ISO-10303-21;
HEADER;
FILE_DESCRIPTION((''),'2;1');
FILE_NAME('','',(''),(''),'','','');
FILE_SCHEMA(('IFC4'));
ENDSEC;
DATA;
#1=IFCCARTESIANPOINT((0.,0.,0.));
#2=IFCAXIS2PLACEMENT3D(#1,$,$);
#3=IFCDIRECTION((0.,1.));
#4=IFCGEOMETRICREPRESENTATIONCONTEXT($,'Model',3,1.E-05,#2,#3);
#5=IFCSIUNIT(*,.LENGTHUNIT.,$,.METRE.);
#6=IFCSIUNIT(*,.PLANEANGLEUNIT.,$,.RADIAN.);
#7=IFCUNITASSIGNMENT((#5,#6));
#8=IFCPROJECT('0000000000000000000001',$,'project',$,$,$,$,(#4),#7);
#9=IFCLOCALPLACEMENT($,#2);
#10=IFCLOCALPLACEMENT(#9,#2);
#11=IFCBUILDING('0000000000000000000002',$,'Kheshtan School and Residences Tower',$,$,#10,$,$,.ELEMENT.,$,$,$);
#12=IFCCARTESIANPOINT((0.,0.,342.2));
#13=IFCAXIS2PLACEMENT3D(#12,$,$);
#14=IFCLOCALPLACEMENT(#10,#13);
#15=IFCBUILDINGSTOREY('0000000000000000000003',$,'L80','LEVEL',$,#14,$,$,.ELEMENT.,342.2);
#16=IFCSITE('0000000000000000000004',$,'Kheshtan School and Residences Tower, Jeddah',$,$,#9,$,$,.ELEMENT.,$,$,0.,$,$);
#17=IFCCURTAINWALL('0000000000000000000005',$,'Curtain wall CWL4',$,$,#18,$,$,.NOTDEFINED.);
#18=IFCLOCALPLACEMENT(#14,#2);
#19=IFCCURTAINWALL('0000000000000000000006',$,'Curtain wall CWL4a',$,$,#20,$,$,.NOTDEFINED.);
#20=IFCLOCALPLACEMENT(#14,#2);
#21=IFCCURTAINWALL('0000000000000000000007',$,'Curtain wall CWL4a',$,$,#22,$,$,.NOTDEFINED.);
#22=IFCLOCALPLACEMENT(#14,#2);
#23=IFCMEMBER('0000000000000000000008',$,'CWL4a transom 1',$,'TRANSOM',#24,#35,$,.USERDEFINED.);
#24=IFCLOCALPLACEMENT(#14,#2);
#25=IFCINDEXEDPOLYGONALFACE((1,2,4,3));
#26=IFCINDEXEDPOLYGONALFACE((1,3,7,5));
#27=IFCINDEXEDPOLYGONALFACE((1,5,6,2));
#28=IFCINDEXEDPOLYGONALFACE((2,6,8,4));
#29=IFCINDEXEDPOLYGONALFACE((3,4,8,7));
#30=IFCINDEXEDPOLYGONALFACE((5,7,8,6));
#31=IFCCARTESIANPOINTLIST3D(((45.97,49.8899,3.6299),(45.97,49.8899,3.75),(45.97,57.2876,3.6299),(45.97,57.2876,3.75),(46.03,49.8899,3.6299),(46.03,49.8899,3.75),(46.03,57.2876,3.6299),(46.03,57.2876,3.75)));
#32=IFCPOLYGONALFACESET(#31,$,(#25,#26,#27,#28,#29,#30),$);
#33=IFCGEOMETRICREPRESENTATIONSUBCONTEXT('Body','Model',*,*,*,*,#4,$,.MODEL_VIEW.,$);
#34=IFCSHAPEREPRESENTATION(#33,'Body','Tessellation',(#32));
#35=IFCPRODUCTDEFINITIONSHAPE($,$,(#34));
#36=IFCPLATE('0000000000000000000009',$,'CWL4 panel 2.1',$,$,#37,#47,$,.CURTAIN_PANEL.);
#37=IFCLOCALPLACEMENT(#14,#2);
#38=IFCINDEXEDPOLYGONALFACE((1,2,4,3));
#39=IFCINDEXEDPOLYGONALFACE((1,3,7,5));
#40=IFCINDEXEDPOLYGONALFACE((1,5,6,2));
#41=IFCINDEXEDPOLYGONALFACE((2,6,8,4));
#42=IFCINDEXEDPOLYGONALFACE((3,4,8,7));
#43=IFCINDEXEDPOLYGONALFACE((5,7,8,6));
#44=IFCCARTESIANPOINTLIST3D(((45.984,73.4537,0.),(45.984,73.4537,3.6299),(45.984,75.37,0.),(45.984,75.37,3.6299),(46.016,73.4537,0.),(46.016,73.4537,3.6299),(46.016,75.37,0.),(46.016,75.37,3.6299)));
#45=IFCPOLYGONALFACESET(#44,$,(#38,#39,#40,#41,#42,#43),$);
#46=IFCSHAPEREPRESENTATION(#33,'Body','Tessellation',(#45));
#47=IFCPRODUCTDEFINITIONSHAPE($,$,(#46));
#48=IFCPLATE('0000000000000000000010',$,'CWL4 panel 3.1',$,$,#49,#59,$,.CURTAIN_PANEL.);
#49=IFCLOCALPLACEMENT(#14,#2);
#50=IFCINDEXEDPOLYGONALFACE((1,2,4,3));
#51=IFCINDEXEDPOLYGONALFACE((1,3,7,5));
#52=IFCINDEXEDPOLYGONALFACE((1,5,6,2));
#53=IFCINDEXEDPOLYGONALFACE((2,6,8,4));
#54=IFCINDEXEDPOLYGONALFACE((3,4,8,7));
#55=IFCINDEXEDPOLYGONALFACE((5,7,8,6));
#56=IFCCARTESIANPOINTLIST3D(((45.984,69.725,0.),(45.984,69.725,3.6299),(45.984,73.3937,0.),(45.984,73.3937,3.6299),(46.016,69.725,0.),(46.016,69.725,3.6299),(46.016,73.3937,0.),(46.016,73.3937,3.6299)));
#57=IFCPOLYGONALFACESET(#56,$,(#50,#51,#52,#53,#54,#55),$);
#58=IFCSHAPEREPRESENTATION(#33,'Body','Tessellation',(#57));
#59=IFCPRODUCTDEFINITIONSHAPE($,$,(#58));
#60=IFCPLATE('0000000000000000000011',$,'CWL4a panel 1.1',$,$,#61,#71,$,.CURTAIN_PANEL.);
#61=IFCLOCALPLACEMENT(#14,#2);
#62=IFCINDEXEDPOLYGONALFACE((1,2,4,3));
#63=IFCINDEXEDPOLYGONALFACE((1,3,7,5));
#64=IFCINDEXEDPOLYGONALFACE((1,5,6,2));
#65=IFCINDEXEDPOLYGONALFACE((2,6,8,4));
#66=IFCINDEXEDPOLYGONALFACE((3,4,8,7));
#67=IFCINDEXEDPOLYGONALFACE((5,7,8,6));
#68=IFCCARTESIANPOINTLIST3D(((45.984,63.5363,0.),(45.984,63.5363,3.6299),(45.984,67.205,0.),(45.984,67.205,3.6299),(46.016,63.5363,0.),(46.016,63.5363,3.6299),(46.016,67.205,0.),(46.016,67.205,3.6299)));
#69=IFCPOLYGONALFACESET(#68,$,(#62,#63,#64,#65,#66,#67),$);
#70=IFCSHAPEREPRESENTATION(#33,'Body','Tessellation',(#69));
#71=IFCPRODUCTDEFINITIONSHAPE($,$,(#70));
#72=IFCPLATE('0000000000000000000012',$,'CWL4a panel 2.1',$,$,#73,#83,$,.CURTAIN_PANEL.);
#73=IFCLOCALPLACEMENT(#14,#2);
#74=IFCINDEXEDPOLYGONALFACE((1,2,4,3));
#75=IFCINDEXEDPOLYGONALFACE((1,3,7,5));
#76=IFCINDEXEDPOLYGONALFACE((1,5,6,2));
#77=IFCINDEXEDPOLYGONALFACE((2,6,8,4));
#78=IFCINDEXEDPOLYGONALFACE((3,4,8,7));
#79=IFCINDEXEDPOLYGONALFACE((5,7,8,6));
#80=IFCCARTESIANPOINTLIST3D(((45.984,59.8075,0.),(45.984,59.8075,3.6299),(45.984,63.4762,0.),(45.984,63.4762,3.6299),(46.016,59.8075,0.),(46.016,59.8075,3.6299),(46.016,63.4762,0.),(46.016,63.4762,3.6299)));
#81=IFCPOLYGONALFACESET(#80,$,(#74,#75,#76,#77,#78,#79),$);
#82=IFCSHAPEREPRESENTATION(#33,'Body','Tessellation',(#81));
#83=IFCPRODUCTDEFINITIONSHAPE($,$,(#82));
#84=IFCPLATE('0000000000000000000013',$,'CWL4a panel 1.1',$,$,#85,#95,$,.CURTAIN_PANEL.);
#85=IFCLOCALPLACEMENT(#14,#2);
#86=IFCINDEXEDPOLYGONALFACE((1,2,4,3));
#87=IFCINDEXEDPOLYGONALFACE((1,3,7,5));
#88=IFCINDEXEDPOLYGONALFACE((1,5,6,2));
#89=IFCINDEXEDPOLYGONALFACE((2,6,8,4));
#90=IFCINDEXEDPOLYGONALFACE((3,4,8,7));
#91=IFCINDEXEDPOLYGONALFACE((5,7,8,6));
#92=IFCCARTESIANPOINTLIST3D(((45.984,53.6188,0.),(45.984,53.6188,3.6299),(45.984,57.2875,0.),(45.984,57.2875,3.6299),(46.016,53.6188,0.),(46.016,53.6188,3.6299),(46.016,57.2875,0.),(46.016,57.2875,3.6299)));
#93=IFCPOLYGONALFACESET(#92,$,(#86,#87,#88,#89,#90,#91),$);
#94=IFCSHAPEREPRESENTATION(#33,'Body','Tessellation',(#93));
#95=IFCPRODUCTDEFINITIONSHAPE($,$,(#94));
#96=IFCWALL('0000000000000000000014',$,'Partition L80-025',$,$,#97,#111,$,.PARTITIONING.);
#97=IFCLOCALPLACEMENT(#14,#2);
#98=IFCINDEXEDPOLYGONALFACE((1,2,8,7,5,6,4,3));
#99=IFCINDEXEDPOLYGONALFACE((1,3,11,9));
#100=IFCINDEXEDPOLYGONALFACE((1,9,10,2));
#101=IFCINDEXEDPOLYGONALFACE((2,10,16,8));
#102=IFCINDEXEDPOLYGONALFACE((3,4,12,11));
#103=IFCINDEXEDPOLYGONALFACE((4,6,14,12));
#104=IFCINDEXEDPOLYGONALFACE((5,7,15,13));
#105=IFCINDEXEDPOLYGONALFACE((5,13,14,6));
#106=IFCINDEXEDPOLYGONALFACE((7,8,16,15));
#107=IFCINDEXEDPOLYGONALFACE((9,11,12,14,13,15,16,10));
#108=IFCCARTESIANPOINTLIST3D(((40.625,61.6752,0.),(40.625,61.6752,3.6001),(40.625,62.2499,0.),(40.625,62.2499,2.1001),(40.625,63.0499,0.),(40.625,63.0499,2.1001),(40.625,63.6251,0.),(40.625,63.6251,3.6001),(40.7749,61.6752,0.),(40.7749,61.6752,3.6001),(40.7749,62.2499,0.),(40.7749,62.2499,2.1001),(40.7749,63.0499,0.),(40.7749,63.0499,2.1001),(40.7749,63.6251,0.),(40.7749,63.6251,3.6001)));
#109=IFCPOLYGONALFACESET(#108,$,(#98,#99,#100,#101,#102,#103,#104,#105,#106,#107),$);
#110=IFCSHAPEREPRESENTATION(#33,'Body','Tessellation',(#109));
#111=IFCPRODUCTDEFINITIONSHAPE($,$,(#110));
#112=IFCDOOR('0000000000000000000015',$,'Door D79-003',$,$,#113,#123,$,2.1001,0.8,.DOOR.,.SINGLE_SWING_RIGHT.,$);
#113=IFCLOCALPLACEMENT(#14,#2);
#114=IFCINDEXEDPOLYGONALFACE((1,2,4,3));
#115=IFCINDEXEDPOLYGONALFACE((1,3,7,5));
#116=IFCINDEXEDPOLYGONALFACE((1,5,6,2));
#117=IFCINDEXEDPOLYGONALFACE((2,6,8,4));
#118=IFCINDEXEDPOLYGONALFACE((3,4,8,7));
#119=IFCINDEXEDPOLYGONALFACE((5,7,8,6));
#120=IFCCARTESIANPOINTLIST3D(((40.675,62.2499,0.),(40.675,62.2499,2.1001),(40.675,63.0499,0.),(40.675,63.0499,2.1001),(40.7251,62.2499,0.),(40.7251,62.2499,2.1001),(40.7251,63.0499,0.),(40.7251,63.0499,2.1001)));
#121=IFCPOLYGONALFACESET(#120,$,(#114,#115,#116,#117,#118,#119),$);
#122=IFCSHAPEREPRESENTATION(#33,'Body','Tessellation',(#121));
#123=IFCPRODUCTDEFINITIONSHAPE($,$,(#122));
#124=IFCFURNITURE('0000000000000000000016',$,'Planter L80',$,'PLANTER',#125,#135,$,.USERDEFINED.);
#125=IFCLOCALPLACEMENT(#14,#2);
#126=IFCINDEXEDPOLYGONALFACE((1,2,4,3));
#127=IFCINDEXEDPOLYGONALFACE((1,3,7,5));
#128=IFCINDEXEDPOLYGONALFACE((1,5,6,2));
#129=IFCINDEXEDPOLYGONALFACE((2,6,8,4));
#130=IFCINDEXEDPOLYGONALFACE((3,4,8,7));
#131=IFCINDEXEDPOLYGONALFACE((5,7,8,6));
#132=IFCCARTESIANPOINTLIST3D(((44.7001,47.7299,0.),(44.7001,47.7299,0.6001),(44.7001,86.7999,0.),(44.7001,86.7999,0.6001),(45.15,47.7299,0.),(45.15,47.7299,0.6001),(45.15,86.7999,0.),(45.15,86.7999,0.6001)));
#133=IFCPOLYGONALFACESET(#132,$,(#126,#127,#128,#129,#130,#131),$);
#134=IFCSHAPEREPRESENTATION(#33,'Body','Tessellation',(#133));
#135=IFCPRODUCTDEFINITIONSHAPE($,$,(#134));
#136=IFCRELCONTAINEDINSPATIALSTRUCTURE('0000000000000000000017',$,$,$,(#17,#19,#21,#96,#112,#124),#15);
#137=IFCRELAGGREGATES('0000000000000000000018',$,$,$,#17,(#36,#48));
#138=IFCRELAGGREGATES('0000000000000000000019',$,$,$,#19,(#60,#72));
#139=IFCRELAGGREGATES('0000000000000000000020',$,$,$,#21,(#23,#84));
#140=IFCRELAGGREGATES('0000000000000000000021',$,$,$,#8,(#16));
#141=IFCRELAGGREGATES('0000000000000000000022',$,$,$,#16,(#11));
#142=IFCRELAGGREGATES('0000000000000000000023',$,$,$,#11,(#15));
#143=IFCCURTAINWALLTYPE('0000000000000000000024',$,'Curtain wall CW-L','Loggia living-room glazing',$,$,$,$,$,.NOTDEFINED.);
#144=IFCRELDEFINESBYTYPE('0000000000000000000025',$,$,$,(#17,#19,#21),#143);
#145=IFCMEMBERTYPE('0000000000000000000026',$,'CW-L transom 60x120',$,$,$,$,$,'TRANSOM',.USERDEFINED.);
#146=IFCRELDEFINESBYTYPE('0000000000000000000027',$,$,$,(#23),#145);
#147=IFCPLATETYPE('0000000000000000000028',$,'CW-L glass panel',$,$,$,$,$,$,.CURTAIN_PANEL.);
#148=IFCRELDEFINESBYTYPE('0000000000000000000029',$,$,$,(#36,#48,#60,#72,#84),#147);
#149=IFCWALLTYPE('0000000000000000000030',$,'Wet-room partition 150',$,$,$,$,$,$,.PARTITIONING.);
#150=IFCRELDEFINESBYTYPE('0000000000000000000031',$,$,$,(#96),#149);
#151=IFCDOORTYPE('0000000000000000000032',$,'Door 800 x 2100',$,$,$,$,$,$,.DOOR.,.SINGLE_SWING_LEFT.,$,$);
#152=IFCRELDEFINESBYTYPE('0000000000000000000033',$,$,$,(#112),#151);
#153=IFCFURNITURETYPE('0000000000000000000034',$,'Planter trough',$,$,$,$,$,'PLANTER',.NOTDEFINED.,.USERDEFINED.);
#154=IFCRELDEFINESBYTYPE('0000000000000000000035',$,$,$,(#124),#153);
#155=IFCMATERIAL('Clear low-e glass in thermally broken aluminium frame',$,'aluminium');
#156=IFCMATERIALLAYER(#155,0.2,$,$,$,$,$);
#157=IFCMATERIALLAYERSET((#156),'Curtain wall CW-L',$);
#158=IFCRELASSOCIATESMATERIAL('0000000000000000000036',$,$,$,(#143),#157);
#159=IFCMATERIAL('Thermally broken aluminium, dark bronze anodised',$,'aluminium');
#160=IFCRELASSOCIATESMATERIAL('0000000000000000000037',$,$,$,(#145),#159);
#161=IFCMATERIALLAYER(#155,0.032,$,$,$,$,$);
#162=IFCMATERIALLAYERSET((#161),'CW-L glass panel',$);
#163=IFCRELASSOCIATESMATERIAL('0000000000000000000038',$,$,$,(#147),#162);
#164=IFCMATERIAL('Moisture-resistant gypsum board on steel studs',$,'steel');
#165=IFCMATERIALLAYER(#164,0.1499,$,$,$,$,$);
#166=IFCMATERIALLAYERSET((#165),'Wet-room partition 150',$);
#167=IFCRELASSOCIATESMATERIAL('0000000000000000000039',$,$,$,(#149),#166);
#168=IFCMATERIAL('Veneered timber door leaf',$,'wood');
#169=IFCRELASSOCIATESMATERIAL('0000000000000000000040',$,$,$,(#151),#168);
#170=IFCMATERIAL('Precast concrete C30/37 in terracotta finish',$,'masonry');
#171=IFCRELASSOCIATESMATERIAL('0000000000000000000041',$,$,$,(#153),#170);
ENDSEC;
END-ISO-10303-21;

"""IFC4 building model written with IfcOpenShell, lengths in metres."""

from ifc_helpers import new_model, si_unit, direction, frame, frame_2d, origin, origin_2d, place, context, subcontext, project, spatial, rectangle, extrude, source, transform, mapped, material, layer, layer_set, material_profile, profile_set, type_object, element, fill, aggregate, save


model = new_model("IFC4")

# Units and contexts
model_context = context("Model", 3, precision=1e-05, world=origin(), true_north=direction((0.0, 1.0)))
body_context = subcontext(model_context, "Body", "Model", "MODEL_VIEW")
ifc_project = project(units=[si_unit("LENGTHUNIT", "METRE"), si_unit("PLANEANGLEUNIT", "RADIAN")], contexts=[model_context])

# Site, building, storey
site_placement = place(None, origin())
site = spatial("IfcSite", under=ifc_project, at=site_placement, Name="Kheshtan School and Residences Tower, Jeddah", CompositionType="ELEMENT", RefElevation=0.0)
building_placement = place(site_placement, origin())
building = spatial("IfcBuilding", under=site, at=building_placement, Name="Kheshtan School and Residences Tower", CompositionType="ELEMENT")
storey_placement = place(building_placement, frame((0.0, 0.0, 342.2)))
storey = spatial("IfcBuildingStorey", under=building, at=storey_placement, Name="L80", Description="LEVEL", CompositionType="ELEMENT", Elevation=342.2)

# Curtain walls
ifc_material_1 = material(Name="Clear low-e glass in thermally broken aluminium frame", Category="aluminium")
ifc_layer_1 = layer(ifc_material_1, 0.2)
ifc_layer_set_1 = layer_set([ifc_layer_1], Name="Curtain wall CW-L")
curtain_wall_type = type_object("IfcCurtainWallType", Name="Curtain wall CW-L", Description="Loggia living-room glazing", PredefinedType="NOTDEFINED", material=ifc_layer_set_1)
curtain_wall_1_placement = place(storey_placement, origin())
curtain_wall_1 = element("IfcCurtainWall", 1, at=curtain_wall_1_placement, inside=storey, type_object=curtain_wall_type, Name="Curtain wall CWL4", PredefinedType="NOTDEFINED")
ifc_material_2 = material(Name="Thermally broken aluminium, dark bronze anodised", Category="aluminium")
curtain_wall_2_placement = place(storey_placement, origin())
curtain_wall_2 = element("IfcCurtainWall", 2, at=curtain_wall_2_placement, inside=storey, type_object=curtain_wall_type, Name="Curtain wall CWL4a", PredefinedType="NOTDEFINED")

# Curtain wall
curtain_wall_3_placement = place(storey_placement, origin())
curtain_wall_3 = element("IfcCurtainWall", 3, at=curtain_wall_3_placement, inside=storey, type_object=curtain_wall_type, Name="Curtain wall CWL4a", PredefinedType="NOTDEFINED")

# Member
ifc_material_profile_1 = material_profile(ifc_material_2, rectangle(XDim=0.0601, YDim=0.1201, at=origin_2d()), Name="CW-L transom 60x120")
ifc_profile_set_1 = profile_set([ifc_material_profile_1], Name="Thermally broken aluminium, dark bronze anodised")
member_type_1 = type_object("IfcMemberType", Name="CW-L transom 60x120", ElementType="TRANSOM", PredefinedType="USERDEFINED", material=ifc_profile_set_1)
member_1_placement = place(storey_placement, frame((46.0, 57.2876, 3.6899), z_axis=(0.0, -1.0, 0.0), x_axis=(1.0, 0.0, 0.0)))
member_1 = element("IfcMember", 4, at=member_1_placement, type_object=member_type_1, Name="CWL4a transom 1", ObjectType="TRANSOM", PredefinedType="USERDEFINED", context=body_context, shape_type="SweptSolid", body=[
    extrude(rectangle(XDim=0.0601, YDim=0.1201, at=origin_2d()), origin(), (0.0, 0.0, 1.0), 7.3977),
])

# Plates
ifc_layer_2 = layer(ifc_material_1, 0.032)
ifc_layer_set_2 = layer_set([ifc_layer_2], Name="CW-L glass panel")
plate_type = type_object("IfcPlateType", Name="CW-L glass panel", PredefinedType="CURTAIN_PANEL", material=ifc_layer_set_2)
plate_1_placement = place(storey_placement, frame((46.0, 74.4119, 0.0), z_axis=(0.0, 0.0, 1.0), x_axis=(0.0, -1.0, 0.0)))
plate_1 = element("IfcPlate", 5, at=plate_1_placement, type_object=plate_type, Name="CWL4 panel 2.1", PredefinedType="CURTAIN_PANEL", context=body_context, shape_type="SweptSolid", body=[
    extrude(rectangle(XDim=1.9163, YDim=0.032, at=origin_2d()), origin(), (0.0, 0.0, 1.0), 3.6299),
])
plate_2_placement = place(storey_placement, frame((46.0, 71.5593, 0.0), z_axis=(0.0, 0.0, 1.0), x_axis=(0.0, -1.0, 0.0)))
plate_2 = element("IfcPlate", 6, at=plate_2_placement, type_object=plate_type, Name="CWL4 panel 3.1", PredefinedType="CURTAIN_PANEL", context=body_context, shape_type="SweptSolid", body=[
    extrude(rectangle(XDim=3.6687, YDim=0.032, at=origin_2d()), origin(), (0.0, 0.0, 1.0), 3.6299),
])
aggregate(curtain_wall_1, [plate_1, plate_2])
plate_3_placement = place(storey_placement, frame((46.0, 65.3706, 0.0), z_axis=(0.0, 0.0, 1.0), x_axis=(0.0, -1.0, 0.0)))
plate_3 = element("IfcPlate", 7, at=plate_3_placement, type_object=plate_type, Name="CWL4a panel 1.1", PredefinedType="CURTAIN_PANEL", context=body_context, shape_type="SweptSolid", body=[
    extrude(rectangle(XDim=3.6687, YDim=0.032, at=origin_2d()), origin(), (0.0, 0.0, 1.0), 3.6299),
])
plate_4_placement = place(storey_placement, frame((46.0, 61.6418, 0.0), z_axis=(0.0, 0.0, 1.0), x_axis=(0.0, -1.0, 0.0)))
plate_4 = element("IfcPlate", 8, at=plate_4_placement, type_object=plate_type, Name="CWL4a panel 2.1", PredefinedType="CURTAIN_PANEL", context=body_context, shape_type="SweptSolid", body=[
    extrude(rectangle(XDim=3.6687, YDim=0.032, at=origin_2d()), origin(), (0.0, 0.0, 1.0), 3.6299),
])
aggregate(curtain_wall_2, [plate_3, plate_4])
plate_5_placement = place(storey_placement, frame((46.0, 55.4531, 0.0), z_axis=(0.0, 0.0, 1.0), x_axis=(0.0, -1.0, 0.0)))
plate_5 = element("IfcPlate", 9, at=plate_5_placement, type_object=plate_type, Name="CWL4a panel 1.1", PredefinedType="CURTAIN_PANEL", context=body_context, shape_type="SweptSolid", body=[
    extrude(rectangle(XDim=3.6687, YDim=0.032, at=origin_2d()), origin(), (0.0, 0.0, 1.0), 3.6299),
])
aggregate(curtain_wall_3, [member_1, plate_5])

# Wall, opening, door
ifc_material_3 = material(Name="Moisture-resistant gypsum board on steel studs", Category="steel")
ifc_layer_3 = layer(ifc_material_3, 0.1499)
ifc_layer_set_3 = layer_set([ifc_layer_3], Name="Wet-room partition 150")
wall_type_1 = type_object("IfcWallType", Name="Wet-room partition 150", PredefinedType="PARTITIONING", material=ifc_layer_set_3)
wall_1_placement = place(storey_placement, frame((40.7, 61.675, 0.0), z_axis=(0.0, 0.0, 1.0), x_axis=(0.0, 1.0, 0.0)))
wall_1 = element("IfcWall", 10, at=wall_1_placement, inside=storey, type_object=wall_type_1, Name="Partition L80-025", PredefinedType="PARTITIONING", context=body_context, shape_type="SweptSolid", body=[
    extrude(rectangle(XDim=1.95, YDim=0.1499, at=frame_2d((0.9751, 0.0))), origin(), (0.0, 0.0, 1.0), 3.6001),
])
opening_1_placement = place(wall_1_placement, frame((0.575, 0.0, 0.0)))
opening_1 = element("IfcOpeningElement", 11, at=opening_1_placement, cuts=wall_1, PredefinedType="OPENING", context=body_context, shape_type="SweptSolid", body=[
    extrude(rectangle(XDim=0.8, YDim=2.1001, at=frame_2d((0.3999, 1.05))), frame((0.0, 0.085, 0.0), z_axis=(0.0, -1.0, 0.0), x_axis=(1.0, 0.0, 0.0)), (0.0, 0.0, 1.0), 0.1699),
])
ifc_material_4 = material(Name="Veneered timber door leaf", Category="wood")
door_type_1 = type_object("IfcDoorType", Name="Door 800 x 2100", OperationType="SINGLE_SWING_LEFT", PredefinedType="DOOR", material=ifc_material_4)
shared_shape_1 = source(origin(), body_context, "Body", "SweptSolid", [
    extrude(rectangle(XDim=0.8, YDim=2.1001, at=frame_2d((0.3999, 1.05))), frame((0.0, 0.0249, 0.0), z_axis=(0.0, -1.0, 0.0), x_axis=(1.0, 0.0, 0.0)), (0.0, 0.0, 1.0), 0.05),
])
door_1_placement = place(opening_1_placement, origin())
door_1 = element("IfcDoor", 12, at=door_1_placement, inside=storey, type_object=door_type_1, Name="Door D79-003", OperationType="SINGLE_SWING_RIGHT", OverallHeight=2.1001, OverallWidth=0.8, PredefinedType="DOOR", context=body_context, shape_type="MappedRepresentation", body=[
    mapped(shared_shape_1, transform((0.0, 0.0, 0.0), x_axis=(1.0, 0.0, 0.0), y_axis=(0.0, 1.0, 0.0), z_axis=(0.0, 0.0, 1.0), scale=1.0)),
])
fill(opening_1, door_1)

# Furniture
ifc_material_5 = material(Name="Precast concrete C30/37 in terracotta finish", Category="masonry")
furniture_type = type_object("IfcFurnitureType", Name="Planter trough", ElementType="PLANTER", AssemblyPlace="NOTDEFINED", PredefinedType="USERDEFINED", material=ifc_material_5)
furniture_placement = place(storey_placement, frame((44.925, 67.2649, 0.0), z_axis=(0.0, 0.0, 1.0), x_axis=(0.0, -1.0, 0.0)))
element("IfcFurniture", 13, at=furniture_placement, inside=storey, type_object=furniture_type, Name="Planter L80", ObjectType="PLANTER", PredefinedType="USERDEFINED", context=body_context, shape_type="SweptSolid", body=[
    extrude(rectangle(XDim=39.0701, YDim=0.45, at=origin_2d()), origin(), (0.0, 0.0, 1.0), 0.6001),
])

save(model, "model.ifc")
